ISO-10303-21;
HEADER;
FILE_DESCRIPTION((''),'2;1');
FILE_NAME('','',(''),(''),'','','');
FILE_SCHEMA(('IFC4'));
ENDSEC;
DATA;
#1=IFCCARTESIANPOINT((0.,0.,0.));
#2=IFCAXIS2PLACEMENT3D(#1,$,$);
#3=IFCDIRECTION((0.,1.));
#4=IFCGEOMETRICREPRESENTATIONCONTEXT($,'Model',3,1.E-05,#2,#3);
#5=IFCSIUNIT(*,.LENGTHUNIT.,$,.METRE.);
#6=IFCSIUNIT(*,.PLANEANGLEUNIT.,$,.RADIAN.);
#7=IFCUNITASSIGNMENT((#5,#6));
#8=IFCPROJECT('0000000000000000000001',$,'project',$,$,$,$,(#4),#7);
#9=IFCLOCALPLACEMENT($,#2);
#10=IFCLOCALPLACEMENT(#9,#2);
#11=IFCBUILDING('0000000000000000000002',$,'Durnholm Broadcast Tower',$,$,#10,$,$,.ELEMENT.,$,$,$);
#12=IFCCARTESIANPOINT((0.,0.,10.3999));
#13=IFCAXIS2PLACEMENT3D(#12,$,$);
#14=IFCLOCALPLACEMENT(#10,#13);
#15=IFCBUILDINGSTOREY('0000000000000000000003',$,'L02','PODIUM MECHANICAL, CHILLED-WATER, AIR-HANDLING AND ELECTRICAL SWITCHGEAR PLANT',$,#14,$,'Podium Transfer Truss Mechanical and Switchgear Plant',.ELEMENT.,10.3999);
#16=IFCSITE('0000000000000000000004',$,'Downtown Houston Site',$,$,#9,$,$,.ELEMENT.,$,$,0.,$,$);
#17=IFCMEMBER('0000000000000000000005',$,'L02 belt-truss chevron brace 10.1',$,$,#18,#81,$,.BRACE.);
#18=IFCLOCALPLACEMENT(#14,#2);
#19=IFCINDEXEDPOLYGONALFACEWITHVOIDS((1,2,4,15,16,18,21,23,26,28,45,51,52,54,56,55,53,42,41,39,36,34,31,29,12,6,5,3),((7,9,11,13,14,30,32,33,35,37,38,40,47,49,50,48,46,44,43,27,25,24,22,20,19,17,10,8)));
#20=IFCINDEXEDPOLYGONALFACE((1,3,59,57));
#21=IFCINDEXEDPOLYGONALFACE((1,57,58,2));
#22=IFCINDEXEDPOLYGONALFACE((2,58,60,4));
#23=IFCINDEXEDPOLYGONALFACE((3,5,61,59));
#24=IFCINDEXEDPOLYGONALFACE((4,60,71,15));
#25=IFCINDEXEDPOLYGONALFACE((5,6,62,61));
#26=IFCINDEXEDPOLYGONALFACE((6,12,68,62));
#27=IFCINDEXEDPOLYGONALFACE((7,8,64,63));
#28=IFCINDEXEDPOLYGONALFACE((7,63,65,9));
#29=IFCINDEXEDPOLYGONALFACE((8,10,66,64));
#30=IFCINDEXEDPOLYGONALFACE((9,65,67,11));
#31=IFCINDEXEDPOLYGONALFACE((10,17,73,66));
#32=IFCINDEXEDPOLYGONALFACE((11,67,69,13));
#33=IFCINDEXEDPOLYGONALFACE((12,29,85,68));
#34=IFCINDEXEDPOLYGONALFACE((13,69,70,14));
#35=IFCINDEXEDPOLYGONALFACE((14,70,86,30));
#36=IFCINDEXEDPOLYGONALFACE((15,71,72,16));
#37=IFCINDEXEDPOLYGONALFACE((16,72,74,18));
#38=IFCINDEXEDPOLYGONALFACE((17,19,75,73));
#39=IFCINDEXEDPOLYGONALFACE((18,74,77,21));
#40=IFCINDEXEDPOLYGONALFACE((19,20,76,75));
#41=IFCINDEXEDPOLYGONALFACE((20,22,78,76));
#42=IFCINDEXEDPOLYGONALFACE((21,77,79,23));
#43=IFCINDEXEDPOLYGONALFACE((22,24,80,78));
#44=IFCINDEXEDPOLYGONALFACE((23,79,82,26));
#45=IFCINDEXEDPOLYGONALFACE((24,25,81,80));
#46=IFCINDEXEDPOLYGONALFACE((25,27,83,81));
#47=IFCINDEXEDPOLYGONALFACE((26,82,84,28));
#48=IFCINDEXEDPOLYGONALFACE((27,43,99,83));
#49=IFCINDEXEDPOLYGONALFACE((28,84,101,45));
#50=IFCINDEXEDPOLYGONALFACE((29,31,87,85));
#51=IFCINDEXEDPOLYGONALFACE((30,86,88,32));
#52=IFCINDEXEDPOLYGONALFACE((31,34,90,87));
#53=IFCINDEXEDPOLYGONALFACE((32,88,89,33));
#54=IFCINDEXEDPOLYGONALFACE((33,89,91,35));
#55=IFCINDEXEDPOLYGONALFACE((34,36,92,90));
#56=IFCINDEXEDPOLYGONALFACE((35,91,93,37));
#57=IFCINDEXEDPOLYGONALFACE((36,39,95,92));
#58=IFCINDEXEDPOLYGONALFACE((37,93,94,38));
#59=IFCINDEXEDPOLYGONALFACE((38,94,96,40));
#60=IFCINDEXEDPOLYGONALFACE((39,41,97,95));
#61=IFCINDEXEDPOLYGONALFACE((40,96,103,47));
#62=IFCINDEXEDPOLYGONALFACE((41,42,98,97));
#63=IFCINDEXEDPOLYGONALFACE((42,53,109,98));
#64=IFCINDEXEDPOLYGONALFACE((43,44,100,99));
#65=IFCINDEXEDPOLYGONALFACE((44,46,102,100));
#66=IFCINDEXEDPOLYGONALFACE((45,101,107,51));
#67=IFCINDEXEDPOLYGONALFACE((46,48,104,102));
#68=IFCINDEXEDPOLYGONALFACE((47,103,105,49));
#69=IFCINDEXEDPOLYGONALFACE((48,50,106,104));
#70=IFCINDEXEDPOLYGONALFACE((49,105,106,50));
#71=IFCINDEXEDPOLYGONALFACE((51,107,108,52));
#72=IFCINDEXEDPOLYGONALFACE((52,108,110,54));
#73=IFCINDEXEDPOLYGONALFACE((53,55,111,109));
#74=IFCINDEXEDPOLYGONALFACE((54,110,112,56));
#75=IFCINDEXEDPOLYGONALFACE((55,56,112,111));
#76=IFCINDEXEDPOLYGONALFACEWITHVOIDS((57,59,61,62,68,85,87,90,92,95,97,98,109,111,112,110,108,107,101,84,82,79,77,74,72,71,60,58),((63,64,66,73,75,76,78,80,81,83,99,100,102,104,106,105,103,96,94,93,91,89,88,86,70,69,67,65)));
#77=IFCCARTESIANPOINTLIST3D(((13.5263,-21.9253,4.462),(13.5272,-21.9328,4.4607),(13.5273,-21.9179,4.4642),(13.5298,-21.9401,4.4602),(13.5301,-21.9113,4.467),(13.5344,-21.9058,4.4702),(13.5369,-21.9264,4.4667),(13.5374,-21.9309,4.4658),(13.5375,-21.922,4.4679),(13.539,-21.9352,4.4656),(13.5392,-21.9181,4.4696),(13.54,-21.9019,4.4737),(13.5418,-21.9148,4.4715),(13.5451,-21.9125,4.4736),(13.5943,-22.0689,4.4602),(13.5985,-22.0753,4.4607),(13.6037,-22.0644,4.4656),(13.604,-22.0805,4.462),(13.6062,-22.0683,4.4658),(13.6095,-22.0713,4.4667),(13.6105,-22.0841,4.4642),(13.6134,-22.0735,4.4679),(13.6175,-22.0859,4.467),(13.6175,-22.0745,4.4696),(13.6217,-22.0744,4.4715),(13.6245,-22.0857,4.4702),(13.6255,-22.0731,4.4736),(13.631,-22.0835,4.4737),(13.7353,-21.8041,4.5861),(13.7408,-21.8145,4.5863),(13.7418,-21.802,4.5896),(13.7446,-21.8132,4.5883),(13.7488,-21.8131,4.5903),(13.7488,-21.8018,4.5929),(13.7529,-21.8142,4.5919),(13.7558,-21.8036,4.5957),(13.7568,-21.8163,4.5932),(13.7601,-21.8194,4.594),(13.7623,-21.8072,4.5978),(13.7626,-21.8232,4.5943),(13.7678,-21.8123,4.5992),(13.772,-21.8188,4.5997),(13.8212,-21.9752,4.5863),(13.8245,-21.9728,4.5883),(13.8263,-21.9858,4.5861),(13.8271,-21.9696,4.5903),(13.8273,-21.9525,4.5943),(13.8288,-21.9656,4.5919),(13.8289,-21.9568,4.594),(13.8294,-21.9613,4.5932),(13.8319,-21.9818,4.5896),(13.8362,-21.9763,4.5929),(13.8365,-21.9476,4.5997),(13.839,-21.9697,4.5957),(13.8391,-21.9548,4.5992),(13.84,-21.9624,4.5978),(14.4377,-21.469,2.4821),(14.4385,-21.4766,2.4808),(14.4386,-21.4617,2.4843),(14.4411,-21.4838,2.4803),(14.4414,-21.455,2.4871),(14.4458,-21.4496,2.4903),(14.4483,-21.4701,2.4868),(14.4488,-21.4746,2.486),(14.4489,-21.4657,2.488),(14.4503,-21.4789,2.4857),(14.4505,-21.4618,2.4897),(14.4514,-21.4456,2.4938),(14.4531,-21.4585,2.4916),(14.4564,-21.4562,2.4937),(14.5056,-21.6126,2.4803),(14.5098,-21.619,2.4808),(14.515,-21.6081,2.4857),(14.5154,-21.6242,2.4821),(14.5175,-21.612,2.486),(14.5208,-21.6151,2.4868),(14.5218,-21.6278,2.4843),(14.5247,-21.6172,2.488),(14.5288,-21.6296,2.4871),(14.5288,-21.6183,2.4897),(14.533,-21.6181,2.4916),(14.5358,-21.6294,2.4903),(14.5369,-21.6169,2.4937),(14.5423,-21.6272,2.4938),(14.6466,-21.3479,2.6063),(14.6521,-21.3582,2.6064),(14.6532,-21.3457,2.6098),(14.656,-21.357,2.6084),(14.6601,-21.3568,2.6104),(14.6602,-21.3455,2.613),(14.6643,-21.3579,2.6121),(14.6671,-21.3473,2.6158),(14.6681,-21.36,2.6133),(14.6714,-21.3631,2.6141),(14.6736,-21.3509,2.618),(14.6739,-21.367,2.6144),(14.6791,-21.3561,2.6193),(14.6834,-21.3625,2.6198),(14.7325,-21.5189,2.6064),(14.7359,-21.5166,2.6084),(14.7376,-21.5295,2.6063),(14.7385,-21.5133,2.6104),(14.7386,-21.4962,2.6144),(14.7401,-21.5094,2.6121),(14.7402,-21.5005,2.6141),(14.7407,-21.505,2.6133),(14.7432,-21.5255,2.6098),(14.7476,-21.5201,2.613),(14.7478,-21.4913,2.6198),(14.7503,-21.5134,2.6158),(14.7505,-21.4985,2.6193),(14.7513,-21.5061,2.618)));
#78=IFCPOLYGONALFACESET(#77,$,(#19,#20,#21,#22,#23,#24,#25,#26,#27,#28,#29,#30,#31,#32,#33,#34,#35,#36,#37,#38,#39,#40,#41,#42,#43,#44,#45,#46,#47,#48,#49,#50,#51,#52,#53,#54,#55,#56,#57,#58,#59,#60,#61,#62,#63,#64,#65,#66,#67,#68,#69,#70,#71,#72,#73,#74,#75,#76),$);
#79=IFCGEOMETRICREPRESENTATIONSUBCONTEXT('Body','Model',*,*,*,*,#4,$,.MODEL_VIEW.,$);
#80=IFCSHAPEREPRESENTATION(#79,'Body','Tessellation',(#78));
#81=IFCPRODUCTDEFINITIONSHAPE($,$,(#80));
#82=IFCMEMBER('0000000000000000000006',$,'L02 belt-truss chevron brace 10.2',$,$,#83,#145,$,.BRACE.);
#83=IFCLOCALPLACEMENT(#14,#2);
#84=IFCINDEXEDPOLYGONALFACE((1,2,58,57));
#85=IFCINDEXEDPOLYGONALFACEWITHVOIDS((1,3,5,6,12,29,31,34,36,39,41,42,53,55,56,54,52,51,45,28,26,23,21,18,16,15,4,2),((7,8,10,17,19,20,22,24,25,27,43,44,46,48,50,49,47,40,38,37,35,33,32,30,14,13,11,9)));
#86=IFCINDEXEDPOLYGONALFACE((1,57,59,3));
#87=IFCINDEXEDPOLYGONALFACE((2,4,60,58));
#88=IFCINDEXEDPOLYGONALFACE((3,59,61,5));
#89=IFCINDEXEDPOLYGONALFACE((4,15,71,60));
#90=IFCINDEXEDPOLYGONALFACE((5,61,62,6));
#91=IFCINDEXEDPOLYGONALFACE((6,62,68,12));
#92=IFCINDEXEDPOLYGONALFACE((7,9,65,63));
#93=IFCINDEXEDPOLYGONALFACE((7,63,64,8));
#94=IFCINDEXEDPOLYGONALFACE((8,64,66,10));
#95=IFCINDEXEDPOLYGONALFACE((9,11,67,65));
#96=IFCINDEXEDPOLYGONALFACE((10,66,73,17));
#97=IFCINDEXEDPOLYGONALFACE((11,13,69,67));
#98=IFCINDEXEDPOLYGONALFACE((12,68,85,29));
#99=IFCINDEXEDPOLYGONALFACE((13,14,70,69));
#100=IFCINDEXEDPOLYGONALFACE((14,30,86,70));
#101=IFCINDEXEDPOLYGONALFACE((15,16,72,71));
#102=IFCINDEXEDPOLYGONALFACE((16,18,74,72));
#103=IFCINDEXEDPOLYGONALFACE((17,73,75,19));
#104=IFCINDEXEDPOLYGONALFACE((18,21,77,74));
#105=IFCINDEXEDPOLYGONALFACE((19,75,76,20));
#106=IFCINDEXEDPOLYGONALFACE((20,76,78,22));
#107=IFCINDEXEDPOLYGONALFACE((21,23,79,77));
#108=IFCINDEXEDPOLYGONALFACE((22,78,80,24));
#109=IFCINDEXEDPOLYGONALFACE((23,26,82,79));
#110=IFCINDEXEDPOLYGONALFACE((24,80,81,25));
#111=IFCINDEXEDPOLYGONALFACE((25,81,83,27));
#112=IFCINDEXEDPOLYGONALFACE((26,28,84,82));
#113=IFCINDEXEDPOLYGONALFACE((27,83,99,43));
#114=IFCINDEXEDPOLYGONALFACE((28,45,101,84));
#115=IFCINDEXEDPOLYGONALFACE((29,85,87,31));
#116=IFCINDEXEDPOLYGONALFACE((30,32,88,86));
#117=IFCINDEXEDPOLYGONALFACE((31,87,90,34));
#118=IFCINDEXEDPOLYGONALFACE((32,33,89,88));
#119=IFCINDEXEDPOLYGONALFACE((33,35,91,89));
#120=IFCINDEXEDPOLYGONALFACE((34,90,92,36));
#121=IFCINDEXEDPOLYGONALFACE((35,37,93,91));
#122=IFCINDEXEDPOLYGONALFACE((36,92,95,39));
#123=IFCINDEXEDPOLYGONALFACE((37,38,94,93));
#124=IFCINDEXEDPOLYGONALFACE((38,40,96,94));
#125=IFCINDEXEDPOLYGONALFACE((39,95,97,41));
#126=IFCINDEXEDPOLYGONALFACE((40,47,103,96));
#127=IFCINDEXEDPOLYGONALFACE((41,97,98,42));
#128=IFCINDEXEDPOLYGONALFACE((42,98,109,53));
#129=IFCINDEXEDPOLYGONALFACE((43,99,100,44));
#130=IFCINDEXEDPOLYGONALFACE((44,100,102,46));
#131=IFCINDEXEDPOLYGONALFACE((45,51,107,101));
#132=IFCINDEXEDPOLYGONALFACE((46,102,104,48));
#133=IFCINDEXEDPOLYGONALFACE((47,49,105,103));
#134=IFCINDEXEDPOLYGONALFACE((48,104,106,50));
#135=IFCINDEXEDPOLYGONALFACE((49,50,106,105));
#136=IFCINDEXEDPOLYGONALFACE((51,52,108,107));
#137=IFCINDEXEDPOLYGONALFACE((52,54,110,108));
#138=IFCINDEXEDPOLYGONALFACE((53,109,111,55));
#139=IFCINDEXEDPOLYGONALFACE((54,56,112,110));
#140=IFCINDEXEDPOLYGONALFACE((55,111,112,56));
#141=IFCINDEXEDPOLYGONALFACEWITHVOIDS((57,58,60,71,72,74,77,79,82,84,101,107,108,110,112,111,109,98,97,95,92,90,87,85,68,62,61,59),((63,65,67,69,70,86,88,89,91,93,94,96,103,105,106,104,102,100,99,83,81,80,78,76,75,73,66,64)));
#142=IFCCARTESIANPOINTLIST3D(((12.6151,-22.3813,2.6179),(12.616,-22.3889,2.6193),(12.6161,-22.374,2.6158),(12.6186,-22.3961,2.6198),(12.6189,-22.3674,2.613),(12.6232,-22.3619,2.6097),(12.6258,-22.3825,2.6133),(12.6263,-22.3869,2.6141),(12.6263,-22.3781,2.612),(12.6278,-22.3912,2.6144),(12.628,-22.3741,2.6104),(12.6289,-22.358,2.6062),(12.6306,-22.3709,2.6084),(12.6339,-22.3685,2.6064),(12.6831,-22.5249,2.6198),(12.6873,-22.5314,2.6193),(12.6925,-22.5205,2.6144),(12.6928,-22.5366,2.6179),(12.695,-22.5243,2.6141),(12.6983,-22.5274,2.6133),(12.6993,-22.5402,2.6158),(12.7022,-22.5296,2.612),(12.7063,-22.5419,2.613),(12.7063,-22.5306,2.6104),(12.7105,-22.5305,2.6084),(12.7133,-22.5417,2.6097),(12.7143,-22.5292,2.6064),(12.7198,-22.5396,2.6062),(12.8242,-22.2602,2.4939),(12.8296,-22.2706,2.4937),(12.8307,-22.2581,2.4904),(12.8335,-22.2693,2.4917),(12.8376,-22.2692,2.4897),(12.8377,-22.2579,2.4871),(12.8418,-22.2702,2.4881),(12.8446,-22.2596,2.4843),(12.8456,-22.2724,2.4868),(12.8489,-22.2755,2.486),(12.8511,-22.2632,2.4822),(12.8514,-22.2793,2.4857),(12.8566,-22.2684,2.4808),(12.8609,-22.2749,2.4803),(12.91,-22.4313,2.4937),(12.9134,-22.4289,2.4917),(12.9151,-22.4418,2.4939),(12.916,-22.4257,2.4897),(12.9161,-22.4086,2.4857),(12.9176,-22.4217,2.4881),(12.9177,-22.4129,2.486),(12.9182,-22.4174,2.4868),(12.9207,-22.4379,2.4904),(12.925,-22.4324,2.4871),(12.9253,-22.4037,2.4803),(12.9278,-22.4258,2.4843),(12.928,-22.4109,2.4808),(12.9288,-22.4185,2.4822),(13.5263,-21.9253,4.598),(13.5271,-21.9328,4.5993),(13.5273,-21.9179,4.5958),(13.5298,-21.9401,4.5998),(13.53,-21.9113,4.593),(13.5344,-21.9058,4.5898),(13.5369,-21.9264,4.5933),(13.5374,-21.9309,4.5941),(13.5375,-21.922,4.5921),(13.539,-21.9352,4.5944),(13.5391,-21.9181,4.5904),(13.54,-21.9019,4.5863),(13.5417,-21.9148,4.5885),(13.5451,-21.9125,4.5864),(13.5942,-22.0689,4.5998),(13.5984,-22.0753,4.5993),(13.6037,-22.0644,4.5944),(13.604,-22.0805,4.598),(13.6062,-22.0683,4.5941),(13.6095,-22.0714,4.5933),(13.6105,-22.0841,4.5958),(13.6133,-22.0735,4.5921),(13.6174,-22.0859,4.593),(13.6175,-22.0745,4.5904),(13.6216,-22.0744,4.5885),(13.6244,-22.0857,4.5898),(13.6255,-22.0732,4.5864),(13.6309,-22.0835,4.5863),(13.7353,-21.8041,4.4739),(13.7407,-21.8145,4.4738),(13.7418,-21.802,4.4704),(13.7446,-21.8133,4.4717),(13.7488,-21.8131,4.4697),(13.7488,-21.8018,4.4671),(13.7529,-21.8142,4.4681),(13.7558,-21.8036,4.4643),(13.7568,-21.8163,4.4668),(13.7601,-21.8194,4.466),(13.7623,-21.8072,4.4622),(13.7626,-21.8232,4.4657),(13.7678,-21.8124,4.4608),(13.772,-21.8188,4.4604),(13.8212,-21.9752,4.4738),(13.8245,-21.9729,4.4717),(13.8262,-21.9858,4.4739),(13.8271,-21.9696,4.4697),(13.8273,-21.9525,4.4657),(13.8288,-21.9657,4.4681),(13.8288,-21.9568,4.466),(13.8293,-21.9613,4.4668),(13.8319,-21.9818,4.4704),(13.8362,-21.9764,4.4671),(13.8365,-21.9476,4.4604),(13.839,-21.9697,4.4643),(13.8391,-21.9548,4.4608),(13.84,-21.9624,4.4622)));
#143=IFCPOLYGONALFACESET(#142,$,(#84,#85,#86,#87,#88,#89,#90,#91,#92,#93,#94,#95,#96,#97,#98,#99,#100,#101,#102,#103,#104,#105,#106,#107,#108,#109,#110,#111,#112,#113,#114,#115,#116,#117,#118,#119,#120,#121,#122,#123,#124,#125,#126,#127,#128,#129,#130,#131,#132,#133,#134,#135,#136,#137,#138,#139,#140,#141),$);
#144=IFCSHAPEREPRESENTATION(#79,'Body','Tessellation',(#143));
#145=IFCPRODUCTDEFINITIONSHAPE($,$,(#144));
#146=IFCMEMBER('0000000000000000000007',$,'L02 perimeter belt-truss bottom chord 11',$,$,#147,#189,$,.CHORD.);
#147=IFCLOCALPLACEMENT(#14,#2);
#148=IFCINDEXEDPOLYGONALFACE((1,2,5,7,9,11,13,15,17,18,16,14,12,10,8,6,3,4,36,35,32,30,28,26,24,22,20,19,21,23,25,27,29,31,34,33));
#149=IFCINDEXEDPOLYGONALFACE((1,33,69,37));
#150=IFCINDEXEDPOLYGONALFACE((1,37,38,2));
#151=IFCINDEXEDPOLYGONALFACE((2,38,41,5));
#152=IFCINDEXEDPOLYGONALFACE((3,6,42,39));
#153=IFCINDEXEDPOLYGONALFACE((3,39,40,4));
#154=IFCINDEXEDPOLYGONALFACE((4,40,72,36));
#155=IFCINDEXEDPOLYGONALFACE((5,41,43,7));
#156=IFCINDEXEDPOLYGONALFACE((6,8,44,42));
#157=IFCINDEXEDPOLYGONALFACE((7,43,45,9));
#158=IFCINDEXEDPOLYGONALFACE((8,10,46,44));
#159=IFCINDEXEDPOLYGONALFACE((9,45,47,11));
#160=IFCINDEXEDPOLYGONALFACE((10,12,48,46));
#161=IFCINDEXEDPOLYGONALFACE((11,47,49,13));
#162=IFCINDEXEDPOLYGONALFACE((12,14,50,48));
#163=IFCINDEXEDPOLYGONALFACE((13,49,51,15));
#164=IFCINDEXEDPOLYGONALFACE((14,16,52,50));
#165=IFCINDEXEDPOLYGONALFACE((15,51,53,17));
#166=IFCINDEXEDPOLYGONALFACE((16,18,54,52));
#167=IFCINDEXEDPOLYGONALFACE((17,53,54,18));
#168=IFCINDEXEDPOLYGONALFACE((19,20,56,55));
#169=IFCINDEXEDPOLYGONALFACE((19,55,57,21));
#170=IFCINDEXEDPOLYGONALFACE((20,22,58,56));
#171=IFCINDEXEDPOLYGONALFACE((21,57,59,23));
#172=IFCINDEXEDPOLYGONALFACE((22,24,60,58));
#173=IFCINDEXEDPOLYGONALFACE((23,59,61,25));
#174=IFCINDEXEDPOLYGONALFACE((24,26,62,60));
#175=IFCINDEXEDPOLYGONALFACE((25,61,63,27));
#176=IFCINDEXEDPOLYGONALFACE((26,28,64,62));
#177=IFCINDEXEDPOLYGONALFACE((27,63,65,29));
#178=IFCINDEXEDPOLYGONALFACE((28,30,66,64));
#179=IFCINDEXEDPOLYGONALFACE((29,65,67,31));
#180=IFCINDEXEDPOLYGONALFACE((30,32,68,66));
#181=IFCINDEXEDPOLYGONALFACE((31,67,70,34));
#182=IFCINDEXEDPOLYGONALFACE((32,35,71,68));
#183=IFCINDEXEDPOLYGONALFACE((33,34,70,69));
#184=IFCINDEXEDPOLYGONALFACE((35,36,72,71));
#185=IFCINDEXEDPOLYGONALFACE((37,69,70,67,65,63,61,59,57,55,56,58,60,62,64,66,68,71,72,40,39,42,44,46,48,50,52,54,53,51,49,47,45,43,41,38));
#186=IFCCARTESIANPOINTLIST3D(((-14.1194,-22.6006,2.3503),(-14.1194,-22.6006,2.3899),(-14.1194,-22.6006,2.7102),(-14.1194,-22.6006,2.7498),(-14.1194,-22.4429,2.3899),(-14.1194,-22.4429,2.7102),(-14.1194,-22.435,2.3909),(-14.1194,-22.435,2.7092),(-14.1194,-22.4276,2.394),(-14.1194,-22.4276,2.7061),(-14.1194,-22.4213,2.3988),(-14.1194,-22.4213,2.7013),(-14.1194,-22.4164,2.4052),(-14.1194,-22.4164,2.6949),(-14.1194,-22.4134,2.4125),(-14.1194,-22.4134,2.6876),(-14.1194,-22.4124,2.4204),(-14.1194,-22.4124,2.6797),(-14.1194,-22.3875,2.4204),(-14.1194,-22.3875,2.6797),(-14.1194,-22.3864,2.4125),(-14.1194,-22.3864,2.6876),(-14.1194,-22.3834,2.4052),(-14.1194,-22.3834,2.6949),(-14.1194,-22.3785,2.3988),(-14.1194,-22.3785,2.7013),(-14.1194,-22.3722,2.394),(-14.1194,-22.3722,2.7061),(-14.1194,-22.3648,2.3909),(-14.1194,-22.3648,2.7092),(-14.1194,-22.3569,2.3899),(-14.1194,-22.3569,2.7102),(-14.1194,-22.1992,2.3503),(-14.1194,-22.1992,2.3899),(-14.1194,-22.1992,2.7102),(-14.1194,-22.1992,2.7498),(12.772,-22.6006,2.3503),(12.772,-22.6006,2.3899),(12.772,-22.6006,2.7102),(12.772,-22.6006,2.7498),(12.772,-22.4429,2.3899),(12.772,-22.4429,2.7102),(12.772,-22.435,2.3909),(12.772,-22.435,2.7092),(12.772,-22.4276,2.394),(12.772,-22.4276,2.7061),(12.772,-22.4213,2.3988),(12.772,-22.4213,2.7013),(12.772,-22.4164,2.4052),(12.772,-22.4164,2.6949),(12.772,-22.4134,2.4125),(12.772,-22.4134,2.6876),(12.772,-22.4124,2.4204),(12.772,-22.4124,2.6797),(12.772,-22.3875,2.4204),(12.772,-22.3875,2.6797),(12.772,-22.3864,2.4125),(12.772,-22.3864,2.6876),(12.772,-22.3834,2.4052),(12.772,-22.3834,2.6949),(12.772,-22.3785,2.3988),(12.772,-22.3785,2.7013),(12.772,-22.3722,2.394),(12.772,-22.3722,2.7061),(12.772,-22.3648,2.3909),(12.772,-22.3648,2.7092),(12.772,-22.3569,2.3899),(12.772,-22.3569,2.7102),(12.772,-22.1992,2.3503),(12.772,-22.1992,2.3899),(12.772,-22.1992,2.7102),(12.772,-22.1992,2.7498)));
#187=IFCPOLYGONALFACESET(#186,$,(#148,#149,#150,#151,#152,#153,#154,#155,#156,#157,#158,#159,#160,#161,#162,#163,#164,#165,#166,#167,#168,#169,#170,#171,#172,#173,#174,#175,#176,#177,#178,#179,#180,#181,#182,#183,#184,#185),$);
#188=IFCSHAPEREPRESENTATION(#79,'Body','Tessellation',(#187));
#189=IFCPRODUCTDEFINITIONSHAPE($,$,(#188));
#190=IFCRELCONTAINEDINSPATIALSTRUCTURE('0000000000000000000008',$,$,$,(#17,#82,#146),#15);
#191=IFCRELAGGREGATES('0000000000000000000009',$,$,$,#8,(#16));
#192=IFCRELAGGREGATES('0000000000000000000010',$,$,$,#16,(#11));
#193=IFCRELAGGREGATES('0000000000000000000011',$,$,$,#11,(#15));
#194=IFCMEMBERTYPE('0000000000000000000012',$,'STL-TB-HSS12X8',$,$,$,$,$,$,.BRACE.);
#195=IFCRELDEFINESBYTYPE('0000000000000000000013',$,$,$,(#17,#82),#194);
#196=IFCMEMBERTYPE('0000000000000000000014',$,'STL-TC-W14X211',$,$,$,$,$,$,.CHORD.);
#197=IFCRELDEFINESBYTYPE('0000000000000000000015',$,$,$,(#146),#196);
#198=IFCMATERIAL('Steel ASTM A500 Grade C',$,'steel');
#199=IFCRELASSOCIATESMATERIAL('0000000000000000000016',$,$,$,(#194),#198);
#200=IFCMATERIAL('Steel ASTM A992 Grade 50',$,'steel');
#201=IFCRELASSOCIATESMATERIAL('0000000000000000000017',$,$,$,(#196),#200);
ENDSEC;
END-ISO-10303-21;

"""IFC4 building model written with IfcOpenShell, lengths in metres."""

from ifc_helpers import new_model, si_unit, direction, frame, origin, origin_2d, place, context, subcontext, project, spatial, hollow_rectangle, i_section, extrude, source, transform, mapped, material, material_profile, profile_set, type_object, type_shapes, element, save


model = new_model("IFC4")

# Units and contexts
model_context = context("Model", 3, precision=1e-05, world=origin(), true_north=direction((0.0, 1.0)))
body_context = subcontext(model_context, "Body", "Model", "MODEL_VIEW")
ifc_project = project(units=[si_unit("LENGTHUNIT", "METRE"), si_unit("PLANEANGLEUNIT", "RADIAN")], contexts=[model_context])

# Site, building, storey
site_placement = place(None, origin())
site = spatial("IfcSite", under=ifc_project, at=site_placement, Name="Downtown Houston Site", CompositionType="ELEMENT", RefElevation=0.0)
building_placement = place(site_placement, origin())
building = spatial("IfcBuilding", under=site, at=building_placement, Name="Durnholm Broadcast Tower", CompositionType="ELEMENT")
storey_placement = place(building_placement, frame((0.0, 0.0, 10.3999)))
storey = spatial("IfcBuildingStorey", under=building, at=storey_placement, Name="L02", Description="PODIUM MECHANICAL, CHILLED-WATER, AIR-HANDLING AND ELECTRICAL SWITCHGEAR PLANT", LongName="Podium Transfer Truss Mechanical and Switchgear Plant", CompositionType="ELEMENT", Elevation=10.3999)

# Shared definitions
ifc_material_1 = material(Name="Steel ASTM A992 Grade 50", Category="steel")

# Members
ifc_material_2 = material(Name="Steel ASTM A500 Grade C", Category="steel")
ifc_material_profile_1 = material_profile(ifc_material_2, hollow_rectangle(XDim=0.2031, YDim=0.3047, WallThickness=0.0117, InnerFilletRadius=0.0176, OuterFilletRadius=0.0295, at=origin_2d()), Name="HSS12X8X1/2")
ifc_profile_set_1 = profile_set([ifc_material_profile_1], Name="Steel ASTM A500 Grade C")
member_type_1 = type_object("IfcMemberType", Name="STL-TB-HSS12X8", PredefinedType="BRACE", material=ifc_profile_set_1)
shared_shape_1 = source(origin(), body_context, "Body", "SweptSolid", [
    extrude(hollow_rectangle(XDim=0.2031, YDim=0.3047, WallThickness=0.0117, InnerFilletRadius=0.0176, OuterFilletRadius=0.0295, at=origin_2d()), origin(), (0.0, 0.0, 1.0), 2.2268),
])
type_shapes(member_type_1, [shared_shape_1])
for number, where, z_axis, x_axis, name in (
    (1, (14.5945, -21.4875, 2.55), (-0.409256, -0.204902, 0.889115), (0.447693, -0.894188, 0.0), "L02 belt-truss chevron brace 10.1"),
    (2, (12.772, -22.3999, 2.55), (0.409174, 0.204806, 0.889174), (-0.447597, 0.894235, 0.0), "L02 belt-truss chevron brace 10.2"),
):
    element("IfcMember", number, at=place(storey_placement, frame(where, z_axis=z_axis, x_axis=x_axis)), inside=storey, type_object=member_type_1, Name=name, PredefinedType="BRACE", context=body_context, shape_type="MappedRepresentation", body=[
        mapped(shared_shape_1, transform((0.0, 0.0, 0.0), x_axis=(1.0, 0.0, 0.0), y_axis=(0.0, 1.0, 0.0), z_axis=(0.0, 0.0, 1.0), scale=1.0)),
    ])
ifc_material_profile_2 = material_profile(ifc_material_1, i_section(OverallWidth=0.4014, OverallDepth=0.3994, WebThickness=0.0249, FlangeThickness=0.0396, FilletRadius=0.0305, at=origin_2d()), Name="W14X211")
ifc_profile_set_2 = profile_set([ifc_material_profile_2], Name="Steel ASTM A992 Grade 50")
member_type_2 = type_object("IfcMemberType", Name="STL-TC-W14X211", PredefinedType="CHORD", material=ifc_profile_set_2)
shared_shape_2 = source(origin(), body_context, "Body", "SweptSolid", [
    extrude(i_section(OverallWidth=0.4014, OverallDepth=0.3994, WebThickness=0.0249, FlangeThickness=0.0396, FilletRadius=0.0305, at=origin_2d()), origin(), (0.0, 0.0, 1.0), 26.8914),
])
type_shapes(member_type_2, [shared_shape_2])
member_1_placement = place(storey_placement, frame((12.772, -22.3999, 2.55), z_axis=(-1.0, 0.0, 0.0), x_axis=(0.0, -1.0, 0.0)))
element("IfcMember", 3, at=member_1_placement, inside=storey, type_object=member_type_2, Name="L02 perimeter belt-truss bottom chord 11", PredefinedType="CHORD", context=body_context, shape_type="MappedRepresentation", body=[
    mapped(shared_shape_2, transform((0.0, 0.0, 0.0), x_axis=(1.0, 0.0, 0.0), y_axis=(0.0, 1.0, 0.0), z_axis=(0.0, 0.0, 1.0), scale=1.0)),
])

save(model, "model.ifc")
